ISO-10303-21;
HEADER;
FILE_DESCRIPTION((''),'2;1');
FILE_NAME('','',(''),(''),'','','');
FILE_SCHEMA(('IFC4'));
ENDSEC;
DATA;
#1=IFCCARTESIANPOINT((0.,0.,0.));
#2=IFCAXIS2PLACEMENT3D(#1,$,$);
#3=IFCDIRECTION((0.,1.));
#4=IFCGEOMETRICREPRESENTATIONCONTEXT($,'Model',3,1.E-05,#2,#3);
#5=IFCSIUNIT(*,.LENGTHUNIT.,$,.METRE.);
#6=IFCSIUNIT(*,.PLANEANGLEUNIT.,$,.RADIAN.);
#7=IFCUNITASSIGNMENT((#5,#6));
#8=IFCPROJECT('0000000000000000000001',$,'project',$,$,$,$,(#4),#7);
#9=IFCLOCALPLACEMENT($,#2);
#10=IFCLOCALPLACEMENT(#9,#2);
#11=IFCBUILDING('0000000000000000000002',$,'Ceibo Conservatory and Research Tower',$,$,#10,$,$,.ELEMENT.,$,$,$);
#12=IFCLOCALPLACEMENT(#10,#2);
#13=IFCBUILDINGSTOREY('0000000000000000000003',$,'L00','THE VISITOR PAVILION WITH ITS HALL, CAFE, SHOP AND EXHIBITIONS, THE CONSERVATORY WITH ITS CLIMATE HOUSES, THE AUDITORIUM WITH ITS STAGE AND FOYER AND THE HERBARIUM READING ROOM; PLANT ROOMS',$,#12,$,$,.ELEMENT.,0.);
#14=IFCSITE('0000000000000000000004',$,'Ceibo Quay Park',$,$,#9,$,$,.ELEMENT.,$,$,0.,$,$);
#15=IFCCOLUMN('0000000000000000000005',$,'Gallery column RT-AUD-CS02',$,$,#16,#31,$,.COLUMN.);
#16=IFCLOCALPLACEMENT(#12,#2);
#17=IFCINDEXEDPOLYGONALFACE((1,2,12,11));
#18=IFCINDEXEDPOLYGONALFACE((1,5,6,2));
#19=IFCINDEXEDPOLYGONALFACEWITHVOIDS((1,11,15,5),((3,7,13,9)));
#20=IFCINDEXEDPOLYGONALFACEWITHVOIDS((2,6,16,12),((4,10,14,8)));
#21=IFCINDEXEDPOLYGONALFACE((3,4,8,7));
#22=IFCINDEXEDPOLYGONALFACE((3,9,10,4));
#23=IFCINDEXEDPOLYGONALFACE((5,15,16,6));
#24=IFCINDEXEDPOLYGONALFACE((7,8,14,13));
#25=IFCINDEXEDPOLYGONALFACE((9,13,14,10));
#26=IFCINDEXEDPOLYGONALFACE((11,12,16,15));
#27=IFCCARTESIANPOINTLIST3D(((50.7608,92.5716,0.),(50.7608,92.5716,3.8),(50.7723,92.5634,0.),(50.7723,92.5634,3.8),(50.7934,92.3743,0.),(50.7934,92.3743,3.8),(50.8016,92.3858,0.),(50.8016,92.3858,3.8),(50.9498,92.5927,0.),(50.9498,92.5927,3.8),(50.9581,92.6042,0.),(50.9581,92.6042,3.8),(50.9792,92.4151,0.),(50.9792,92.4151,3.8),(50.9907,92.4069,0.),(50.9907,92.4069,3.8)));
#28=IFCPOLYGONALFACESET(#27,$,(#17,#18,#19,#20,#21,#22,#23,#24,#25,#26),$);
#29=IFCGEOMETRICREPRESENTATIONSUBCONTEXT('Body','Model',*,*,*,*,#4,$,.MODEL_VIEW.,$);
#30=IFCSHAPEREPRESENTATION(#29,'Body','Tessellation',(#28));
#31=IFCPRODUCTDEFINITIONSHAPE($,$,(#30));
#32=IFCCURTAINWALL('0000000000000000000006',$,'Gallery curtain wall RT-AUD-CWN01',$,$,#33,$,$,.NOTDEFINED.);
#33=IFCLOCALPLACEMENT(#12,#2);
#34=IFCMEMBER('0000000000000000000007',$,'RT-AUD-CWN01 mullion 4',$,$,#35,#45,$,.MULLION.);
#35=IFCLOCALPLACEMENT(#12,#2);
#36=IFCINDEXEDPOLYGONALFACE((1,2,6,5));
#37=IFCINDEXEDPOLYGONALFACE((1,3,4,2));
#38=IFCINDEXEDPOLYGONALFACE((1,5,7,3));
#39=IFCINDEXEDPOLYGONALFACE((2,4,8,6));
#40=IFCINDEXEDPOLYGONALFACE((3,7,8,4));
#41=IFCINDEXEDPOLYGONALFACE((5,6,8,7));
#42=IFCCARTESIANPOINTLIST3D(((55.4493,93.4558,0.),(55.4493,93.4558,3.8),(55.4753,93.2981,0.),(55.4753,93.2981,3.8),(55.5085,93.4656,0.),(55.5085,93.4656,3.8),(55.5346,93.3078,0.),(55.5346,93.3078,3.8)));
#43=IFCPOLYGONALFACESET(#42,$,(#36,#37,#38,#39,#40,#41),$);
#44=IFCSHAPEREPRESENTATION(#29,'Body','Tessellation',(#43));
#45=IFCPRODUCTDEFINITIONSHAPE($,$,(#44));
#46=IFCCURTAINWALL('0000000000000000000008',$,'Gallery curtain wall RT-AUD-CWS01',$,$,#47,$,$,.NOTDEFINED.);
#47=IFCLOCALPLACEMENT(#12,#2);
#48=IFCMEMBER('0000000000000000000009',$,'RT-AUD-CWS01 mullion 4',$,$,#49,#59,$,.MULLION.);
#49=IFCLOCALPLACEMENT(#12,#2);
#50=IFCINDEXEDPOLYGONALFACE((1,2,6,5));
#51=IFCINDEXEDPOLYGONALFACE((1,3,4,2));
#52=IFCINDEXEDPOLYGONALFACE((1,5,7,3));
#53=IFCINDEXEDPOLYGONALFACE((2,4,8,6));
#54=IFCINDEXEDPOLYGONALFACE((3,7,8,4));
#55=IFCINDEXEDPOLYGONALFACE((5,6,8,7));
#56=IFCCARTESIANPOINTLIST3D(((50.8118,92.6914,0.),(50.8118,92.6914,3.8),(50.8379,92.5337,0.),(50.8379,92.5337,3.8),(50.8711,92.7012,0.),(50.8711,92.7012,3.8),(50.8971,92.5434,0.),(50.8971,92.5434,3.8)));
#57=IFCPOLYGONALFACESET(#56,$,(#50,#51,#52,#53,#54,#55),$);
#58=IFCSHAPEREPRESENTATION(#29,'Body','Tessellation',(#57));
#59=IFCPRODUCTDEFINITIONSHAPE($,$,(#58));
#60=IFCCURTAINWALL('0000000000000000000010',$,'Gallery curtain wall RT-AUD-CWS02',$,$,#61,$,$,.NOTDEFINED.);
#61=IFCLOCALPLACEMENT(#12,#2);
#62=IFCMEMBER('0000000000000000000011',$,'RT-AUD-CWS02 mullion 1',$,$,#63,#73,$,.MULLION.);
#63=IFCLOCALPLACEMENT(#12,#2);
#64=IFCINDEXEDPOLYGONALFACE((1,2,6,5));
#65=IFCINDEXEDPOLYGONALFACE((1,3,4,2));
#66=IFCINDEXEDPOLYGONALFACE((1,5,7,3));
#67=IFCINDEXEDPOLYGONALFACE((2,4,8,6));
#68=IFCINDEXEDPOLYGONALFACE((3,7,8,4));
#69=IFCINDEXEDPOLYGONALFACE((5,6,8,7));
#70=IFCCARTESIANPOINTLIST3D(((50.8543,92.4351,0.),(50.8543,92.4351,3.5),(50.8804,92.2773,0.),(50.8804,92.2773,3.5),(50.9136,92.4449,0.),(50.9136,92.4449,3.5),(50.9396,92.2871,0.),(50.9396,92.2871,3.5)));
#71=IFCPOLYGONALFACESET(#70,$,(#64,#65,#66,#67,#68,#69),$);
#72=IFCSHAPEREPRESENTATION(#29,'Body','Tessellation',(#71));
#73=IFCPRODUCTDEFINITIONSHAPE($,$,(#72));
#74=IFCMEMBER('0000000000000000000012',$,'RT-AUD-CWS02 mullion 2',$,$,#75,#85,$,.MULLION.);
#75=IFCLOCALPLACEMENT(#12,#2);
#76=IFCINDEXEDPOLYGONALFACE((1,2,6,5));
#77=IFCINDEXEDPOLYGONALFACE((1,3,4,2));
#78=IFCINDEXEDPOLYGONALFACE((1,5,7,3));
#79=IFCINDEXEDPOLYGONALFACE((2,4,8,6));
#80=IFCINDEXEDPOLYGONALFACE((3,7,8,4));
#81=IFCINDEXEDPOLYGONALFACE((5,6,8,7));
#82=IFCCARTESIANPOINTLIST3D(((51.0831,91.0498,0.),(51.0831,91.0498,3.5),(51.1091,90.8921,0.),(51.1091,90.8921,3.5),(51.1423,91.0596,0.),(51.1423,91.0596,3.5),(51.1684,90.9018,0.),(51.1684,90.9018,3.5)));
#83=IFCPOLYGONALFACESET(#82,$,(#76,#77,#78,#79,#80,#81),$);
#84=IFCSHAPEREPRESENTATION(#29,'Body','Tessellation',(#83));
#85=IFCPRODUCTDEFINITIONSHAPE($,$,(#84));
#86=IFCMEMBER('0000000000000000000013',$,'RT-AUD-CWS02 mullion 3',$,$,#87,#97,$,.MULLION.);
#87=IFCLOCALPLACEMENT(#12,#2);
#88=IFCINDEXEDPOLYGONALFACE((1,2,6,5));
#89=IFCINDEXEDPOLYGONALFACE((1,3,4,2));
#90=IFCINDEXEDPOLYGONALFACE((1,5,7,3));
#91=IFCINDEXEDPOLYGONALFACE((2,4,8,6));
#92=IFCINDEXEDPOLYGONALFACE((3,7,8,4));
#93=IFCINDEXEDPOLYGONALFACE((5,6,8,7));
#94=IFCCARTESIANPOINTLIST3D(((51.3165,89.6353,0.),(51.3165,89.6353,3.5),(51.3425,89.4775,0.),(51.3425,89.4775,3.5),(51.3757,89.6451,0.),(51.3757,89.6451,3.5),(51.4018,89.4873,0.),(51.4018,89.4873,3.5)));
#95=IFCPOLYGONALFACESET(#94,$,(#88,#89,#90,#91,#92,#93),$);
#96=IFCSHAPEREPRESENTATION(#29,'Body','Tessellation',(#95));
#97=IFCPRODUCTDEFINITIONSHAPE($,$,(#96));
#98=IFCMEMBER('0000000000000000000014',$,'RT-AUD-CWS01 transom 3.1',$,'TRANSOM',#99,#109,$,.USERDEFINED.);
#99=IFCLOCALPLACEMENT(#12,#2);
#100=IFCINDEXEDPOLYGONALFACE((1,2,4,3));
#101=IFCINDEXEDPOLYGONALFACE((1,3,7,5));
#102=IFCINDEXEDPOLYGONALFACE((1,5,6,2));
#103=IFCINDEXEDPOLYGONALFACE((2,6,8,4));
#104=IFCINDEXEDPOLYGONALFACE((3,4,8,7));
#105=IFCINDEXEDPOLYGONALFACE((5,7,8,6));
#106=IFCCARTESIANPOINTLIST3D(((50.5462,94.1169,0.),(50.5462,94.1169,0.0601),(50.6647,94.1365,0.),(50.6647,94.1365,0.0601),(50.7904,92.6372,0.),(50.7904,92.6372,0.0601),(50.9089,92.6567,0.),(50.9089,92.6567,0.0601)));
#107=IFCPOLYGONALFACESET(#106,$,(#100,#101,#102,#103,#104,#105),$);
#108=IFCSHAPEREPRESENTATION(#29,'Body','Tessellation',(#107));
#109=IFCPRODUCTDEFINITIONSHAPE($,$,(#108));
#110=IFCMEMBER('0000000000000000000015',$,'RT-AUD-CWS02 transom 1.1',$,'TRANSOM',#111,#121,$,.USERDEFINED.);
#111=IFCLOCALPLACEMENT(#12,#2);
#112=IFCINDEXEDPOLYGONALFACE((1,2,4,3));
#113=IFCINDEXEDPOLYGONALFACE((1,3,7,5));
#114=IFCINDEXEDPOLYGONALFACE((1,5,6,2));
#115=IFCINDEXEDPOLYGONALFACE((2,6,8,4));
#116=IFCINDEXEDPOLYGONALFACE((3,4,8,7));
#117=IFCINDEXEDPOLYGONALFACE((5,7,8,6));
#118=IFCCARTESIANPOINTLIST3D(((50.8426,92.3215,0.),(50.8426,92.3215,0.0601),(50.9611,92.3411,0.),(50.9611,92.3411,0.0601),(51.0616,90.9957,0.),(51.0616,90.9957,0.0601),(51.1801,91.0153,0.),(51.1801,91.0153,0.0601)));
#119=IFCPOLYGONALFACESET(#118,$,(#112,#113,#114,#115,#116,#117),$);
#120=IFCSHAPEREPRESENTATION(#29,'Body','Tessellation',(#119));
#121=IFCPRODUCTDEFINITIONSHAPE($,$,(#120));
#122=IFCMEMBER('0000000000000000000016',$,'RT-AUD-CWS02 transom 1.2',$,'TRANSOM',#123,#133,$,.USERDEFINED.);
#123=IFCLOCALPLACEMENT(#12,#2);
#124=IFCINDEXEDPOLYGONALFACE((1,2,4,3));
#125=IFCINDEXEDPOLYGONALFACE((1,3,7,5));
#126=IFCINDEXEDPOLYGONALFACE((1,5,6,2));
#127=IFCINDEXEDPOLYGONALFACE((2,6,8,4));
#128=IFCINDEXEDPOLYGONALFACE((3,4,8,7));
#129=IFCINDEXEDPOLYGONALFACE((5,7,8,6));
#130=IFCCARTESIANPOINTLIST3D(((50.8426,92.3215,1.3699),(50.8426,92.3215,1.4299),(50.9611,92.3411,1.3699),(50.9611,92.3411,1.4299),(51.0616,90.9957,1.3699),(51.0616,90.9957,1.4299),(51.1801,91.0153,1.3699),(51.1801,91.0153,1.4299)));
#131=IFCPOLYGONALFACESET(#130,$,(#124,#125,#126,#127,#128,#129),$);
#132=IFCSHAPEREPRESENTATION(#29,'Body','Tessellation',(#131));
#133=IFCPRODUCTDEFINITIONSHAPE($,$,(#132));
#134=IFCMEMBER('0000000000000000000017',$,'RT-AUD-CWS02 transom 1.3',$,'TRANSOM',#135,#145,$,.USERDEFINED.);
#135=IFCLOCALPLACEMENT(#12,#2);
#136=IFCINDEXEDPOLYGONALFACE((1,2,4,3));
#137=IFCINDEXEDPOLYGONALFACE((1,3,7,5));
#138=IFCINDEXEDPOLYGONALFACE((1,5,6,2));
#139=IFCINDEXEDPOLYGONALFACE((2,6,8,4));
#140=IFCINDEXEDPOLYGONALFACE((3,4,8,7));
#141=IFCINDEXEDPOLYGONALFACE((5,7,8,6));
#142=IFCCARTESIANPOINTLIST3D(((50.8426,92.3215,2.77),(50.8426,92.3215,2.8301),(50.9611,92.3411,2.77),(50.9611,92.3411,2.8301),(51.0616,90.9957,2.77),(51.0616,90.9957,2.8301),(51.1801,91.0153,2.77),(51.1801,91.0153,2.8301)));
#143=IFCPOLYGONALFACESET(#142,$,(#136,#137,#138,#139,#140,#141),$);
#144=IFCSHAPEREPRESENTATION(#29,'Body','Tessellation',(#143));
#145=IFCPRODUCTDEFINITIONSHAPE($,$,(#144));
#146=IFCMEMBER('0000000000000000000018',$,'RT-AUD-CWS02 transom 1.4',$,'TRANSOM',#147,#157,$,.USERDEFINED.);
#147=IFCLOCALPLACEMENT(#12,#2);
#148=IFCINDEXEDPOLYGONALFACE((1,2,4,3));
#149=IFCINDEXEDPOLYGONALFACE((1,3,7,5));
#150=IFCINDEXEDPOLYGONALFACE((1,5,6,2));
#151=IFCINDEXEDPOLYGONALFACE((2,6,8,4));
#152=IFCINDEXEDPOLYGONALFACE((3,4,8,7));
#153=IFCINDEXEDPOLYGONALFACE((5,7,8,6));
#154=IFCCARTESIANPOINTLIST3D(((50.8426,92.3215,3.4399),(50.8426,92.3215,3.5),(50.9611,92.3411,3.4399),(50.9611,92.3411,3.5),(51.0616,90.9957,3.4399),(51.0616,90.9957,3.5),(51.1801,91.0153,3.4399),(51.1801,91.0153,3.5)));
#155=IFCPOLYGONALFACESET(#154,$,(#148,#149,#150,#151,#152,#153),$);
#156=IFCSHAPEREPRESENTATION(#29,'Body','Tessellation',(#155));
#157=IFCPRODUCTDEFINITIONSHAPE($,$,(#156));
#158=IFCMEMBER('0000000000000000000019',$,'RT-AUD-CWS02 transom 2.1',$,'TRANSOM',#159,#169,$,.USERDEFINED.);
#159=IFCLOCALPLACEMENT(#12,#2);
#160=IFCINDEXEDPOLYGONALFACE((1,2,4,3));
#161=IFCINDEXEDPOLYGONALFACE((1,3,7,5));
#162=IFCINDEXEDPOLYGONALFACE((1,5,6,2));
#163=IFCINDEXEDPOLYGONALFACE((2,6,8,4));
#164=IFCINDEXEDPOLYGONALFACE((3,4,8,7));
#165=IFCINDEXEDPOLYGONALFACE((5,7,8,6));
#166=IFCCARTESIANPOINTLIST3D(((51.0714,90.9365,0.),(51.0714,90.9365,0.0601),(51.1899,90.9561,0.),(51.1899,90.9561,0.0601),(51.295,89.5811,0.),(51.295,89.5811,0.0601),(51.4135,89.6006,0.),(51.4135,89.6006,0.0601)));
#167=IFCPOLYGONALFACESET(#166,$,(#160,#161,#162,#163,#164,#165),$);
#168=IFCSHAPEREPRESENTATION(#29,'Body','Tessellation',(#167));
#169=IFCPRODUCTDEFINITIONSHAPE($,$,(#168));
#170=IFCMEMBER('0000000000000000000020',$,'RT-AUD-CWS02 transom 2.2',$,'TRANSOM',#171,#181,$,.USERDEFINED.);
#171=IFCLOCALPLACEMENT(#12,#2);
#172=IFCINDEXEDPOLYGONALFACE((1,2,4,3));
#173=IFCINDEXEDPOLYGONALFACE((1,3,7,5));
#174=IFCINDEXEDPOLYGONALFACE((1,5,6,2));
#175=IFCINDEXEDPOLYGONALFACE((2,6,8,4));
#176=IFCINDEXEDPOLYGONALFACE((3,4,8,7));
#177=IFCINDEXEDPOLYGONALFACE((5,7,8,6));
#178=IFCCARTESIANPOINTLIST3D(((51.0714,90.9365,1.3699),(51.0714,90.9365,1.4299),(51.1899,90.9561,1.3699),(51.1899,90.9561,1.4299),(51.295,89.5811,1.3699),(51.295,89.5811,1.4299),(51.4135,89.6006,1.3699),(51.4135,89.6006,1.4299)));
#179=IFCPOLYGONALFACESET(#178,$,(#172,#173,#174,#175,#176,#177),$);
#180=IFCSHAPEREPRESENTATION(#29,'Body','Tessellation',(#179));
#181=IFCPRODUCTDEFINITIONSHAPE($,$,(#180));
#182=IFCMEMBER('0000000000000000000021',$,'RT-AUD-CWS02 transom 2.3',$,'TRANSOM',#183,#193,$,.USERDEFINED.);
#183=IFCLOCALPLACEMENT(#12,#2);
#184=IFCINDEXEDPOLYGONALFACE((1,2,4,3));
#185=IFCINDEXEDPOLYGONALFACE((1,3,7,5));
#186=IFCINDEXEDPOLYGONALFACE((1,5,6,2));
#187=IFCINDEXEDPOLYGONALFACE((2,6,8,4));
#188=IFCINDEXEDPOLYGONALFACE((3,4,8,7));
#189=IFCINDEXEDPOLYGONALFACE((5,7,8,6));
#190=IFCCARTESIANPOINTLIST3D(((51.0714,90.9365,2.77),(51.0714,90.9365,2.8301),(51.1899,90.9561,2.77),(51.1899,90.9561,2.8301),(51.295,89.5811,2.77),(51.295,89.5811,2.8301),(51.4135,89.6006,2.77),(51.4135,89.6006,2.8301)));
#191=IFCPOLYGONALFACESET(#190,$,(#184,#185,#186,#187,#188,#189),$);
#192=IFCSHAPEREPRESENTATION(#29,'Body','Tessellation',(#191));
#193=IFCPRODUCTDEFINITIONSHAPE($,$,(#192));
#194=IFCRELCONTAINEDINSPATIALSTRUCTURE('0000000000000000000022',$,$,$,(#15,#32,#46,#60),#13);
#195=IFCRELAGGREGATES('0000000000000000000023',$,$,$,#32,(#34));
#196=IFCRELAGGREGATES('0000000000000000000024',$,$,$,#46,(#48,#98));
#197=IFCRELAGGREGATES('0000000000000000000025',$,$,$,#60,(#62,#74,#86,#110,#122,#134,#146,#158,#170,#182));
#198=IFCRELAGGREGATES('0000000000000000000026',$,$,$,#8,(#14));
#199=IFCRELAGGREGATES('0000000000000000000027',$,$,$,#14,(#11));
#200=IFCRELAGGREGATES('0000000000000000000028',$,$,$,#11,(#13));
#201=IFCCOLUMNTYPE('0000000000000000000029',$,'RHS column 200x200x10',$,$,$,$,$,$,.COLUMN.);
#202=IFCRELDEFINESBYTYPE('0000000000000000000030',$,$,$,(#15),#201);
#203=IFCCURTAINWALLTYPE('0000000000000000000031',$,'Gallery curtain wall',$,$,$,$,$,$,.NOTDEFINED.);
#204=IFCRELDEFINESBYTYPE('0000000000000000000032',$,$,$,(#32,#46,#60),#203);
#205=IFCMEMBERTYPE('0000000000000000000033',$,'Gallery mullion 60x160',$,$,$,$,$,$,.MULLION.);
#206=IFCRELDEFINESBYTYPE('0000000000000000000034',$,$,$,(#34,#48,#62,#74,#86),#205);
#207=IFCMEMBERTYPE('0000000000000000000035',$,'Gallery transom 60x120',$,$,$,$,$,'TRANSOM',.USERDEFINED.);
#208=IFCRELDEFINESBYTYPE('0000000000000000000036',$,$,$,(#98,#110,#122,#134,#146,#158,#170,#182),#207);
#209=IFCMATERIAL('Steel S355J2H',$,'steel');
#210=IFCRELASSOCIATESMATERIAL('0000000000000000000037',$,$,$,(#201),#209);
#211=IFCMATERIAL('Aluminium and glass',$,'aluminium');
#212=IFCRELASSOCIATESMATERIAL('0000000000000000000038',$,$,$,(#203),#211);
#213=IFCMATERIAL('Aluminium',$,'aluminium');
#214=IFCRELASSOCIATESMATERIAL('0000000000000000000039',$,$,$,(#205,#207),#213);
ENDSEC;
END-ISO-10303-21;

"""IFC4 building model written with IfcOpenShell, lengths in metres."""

from ifc_helpers import new_model, si_unit, direction, frame, origin, origin_2d, place, context, subcontext, project, spatial, rectangle, hollow_rectangle, extrude, material, material_profile, profile_set, type_object, element, aggregate, save


model = new_model("IFC4")

# Units and contexts
model_context = context("Model", 3, precision=1e-05, world=origin(), true_north=direction((0.0, 1.0)))
body_context = subcontext(model_context, "Body", "Model", "MODEL_VIEW")
ifc_project = project(units=[si_unit("LENGTHUNIT", "METRE"), si_unit("PLANEANGLEUNIT", "RADIAN")], contexts=[model_context])

# Site, building, storey
site_placement = place(None, origin())
site = spatial("IfcSite", under=ifc_project, at=site_placement, Name="Ceibo Quay Park", CompositionType="ELEMENT", RefElevation=0.0)
building_placement = place(site_placement, origin())
building = spatial("IfcBuilding", under=site, at=building_placement, Name="Ceibo Conservatory and Research Tower", CompositionType="ELEMENT")
storey_placement = place(building_placement, origin())
storey = spatial("IfcBuildingStorey", under=building, at=storey_placement, Name="L00", Description="THE VISITOR PAVILION WITH ITS HALL, CAFE, SHOP AND EXHIBITIONS, THE CONSERVATORY WITH ITS CLIMATE HOUSES, THE AUDITORIUM WITH ITS STAGE AND FOYER AND THE HERBARIUM READING ROOM; PLANT ROOMS", CompositionType="ELEMENT", Elevation=0.0)

# Column
ifc_material_1 = material(Name="Steel S355J2H", Category="steel")
ifc_material_profile_1 = material_profile(ifc_material_1, hollow_rectangle(XDim=0.2, YDim=0.2, WallThickness=0.01, at=origin_2d()), Name="RHS column 200x200x10")
ifc_profile_set_1 = profile_set([ifc_material_profile_1], Name="Steel S355J2H")
column_type = type_object("IfcColumnType", Name="RHS column 200x200x10", PredefinedType="COLUMN", material=ifc_profile_set_1)
column_placement = place(storey_placement, frame((50.8757, 92.4893, 0.0), z_axis=(0.0, 0.0, 1.0), x_axis=(0.162895, -0.986643, 0.0)))
element("IfcColumn", 1, at=column_placement, inside=storey, type_object=column_type, Name="Gallery column RT-AUD-CS02", PredefinedType="COLUMN", context=body_context, shape_type="SweptSolid", body=[
    extrude(hollow_rectangle(XDim=0.2, YDim=0.2, WallThickness=0.01, at=origin_2d()), origin(), (0.0, 0.0, 1.0), 3.8),
])

# Curtain walls, members
ifc_material_2 = material(Name="Aluminium and glass", Category="aluminium")
curtain_wall_type = type_object("IfcCurtainWallType", Name="Gallery curtain wall", PredefinedType="NOTDEFINED", material=ifc_material_2)
curtain_wall_1_placement = place(storey_placement, origin())
curtain_wall_1 = element("IfcCurtainWall", 2, at=curtain_wall_1_placement, inside=storey, type_object=curtain_wall_type, Name="Gallery curtain wall RT-AUD-CWN01", PredefinedType="NOTDEFINED")
ifc_material_3 = material(Name="Aluminium", Category="aluminium")
ifc_material_profile_2 = material_profile(ifc_material_3, rectangle(XDim=0.0601, YDim=0.1599, at=origin_2d()), Name="AL 60x160")
ifc_profile_set_2 = profile_set([ifc_material_profile_2], Name="Aluminium")
member_type_1 = type_object("IfcMemberType", Name="Gallery mullion 60x160", PredefinedType="MULLION", material=ifc_profile_set_2)
member_1_placement = place(storey_placement, frame((55.4919, 93.3818, 0.0), z_axis=(0.0, 0.0, 1.0), x_axis=(0.986643, 0.162895, 0.0)))
member_1 = element("IfcMember", 3, at=member_1_placement, type_object=member_type_1, Name="RT-AUD-CWN01 mullion 4", PredefinedType="MULLION", context=body_context, shape_type="SweptSolid", body=[
    extrude(rectangle(XDim=0.0601, YDim=0.1599, at=origin_2d()), origin(), (0.0, 0.0, 1.0), 3.8),
])
aggregate(curtain_wall_1, [member_1])
curtain_wall_2_placement = place(storey_placement, origin())
curtain_wall_2 = element("IfcCurtainWall", 4, at=curtain_wall_2_placement, inside=storey, type_object=curtain_wall_type, Name="Gallery curtain wall RT-AUD-CWS01", PredefinedType="NOTDEFINED")
member_2_placement = place(storey_placement, frame((50.8545, 92.6174, 0.0), z_axis=(0.0, 0.0, 1.0), x_axis=(0.986643, 0.162895, 0.0)))
member_2 = element("IfcMember", 5, at=member_2_placement, type_object=member_type_1, Name="RT-AUD-CWS01 mullion 4", PredefinedType="MULLION", context=body_context, shape_type="SweptSolid", body=[
    extrude(rectangle(XDim=0.0601, YDim=0.1599, at=origin_2d()), origin(), (0.0, 0.0, 1.0), 3.8),
])

# Curtain wall, members
curtain_wall_3_placement = place(storey_placement, origin())
curtain_wall_3 = element("IfcCurtainWall", 6, at=curtain_wall_3_placement, inside=storey, type_object=curtain_wall_type, Name="Gallery curtain wall RT-AUD-CWS02", PredefinedType="NOTDEFINED")
member_3_placement = place(storey_placement, frame((50.897, 92.3611, 0.0), z_axis=(0.0, 0.0, 1.0), x_axis=(0.986643, 0.162895, 0.0)))
member_3 = element("IfcMember", 7, at=member_3_placement, type_object=member_type_1, Name="RT-AUD-CWS02 mullion 1", PredefinedType="MULLION", context=body_context, shape_type="SweptSolid", body=[
    extrude(rectangle(XDim=0.0601, YDim=0.1599, at=origin_2d()), origin(), (0.0, 0.0, 1.0), 3.5),
])
member_4_placement = place(storey_placement, frame((51.1257, 90.9758, 0.0), z_axis=(0.0, 0.0, 1.0), x_axis=(0.986643, 0.162895, 0.0)))
member_4 = element("IfcMember", 8, at=member_4_placement, type_object=member_type_1, Name="RT-AUD-CWS02 mullion 2", PredefinedType="MULLION", context=body_context, shape_type="SweptSolid", body=[
    extrude(rectangle(XDim=0.0601, YDim=0.1599, at=origin_2d()), origin(), (0.0, 0.0, 1.0), 3.5),
])
member_5_placement = place(storey_placement, frame((51.3591, 89.5613, 0.0), z_axis=(0.0, 0.0, 1.0), x_axis=(0.986643, 0.162895, 0.0)))
member_5 = element("IfcMember", 9, at=member_5_placement, type_object=member_type_1, Name="RT-AUD-CWS02 mullion 3", PredefinedType="MULLION", context=body_context, shape_type="SweptSolid", body=[
    extrude(rectangle(XDim=0.0601, YDim=0.1599, at=origin_2d()), origin(), (0.0, 0.0, 1.0), 3.5),
])

# Members
ifc_material_profile_3 = material_profile(ifc_material_3, rectangle(XDim=0.1201, YDim=0.0601, at=origin_2d()), Name="AL 60x120")
ifc_profile_set_3 = profile_set([ifc_material_profile_3], Name="Aluminium")
member_type_2 = type_object("IfcMemberType", Name="Gallery transom 60x120", ElementType="TRANSOM", PredefinedType="USERDEFINED", material=ifc_profile_set_3)
member_6_placement = place(storey_placement, frame((50.6055, 94.1267, 0.03), z_axis=(0.162788, -0.986661, 0.0), x_axis=(0.986661, 0.162788, 0.0)))
member_6 = element("IfcMember", 10, at=member_6_placement, type_object=member_type_2, Name="RT-AUD-CWS01 transom 3.1", ObjectType="TRANSOM", PredefinedType="USERDEFINED", context=body_context, shape_type="SweptSolid", body=[
    extrude(rectangle(XDim=0.1201, YDim=0.0601, at=origin_2d()), origin(), (0.0, 0.0, 1.0), 1.4998),
])
member_7_placement = place(storey_placement, frame((50.9019, 92.3313, 0.03), z_axis=(0.162985, -0.986629, 0.0), x_axis=(0.986629, 0.162985, 0.0)))
member_7 = element("IfcMember", 11, at=member_7_placement, type_object=member_type_2, Name="RT-AUD-CWS02 transom 1.1", ObjectType="TRANSOM", PredefinedType="USERDEFINED", context=body_context, shape_type="SweptSolid", body=[
    extrude(rectangle(XDim=0.1201, YDim=0.0601, at=origin_2d()), origin(), (0.0, 0.0, 1.0), 1.3438),
])
member_8_placement = place(storey_placement, frame((50.9019, 92.3313, 1.3999), z_axis=(0.162985, -0.986629, 0.0), x_axis=(0.986629, 0.162985, 0.0)))
member_8 = element("IfcMember", 12, at=member_8_placement, type_object=member_type_2, Name="RT-AUD-CWS02 transom 1.2", ObjectType="TRANSOM", PredefinedType="USERDEFINED", context=body_context, shape_type="SweptSolid", body=[
    extrude(rectangle(XDim=0.1201, YDim=0.0601, at=origin_2d()), origin(), (0.0, 0.0, 1.0), 1.3438),
])
member_9_placement = place(storey_placement, frame((50.9019, 92.3313, 2.8), z_axis=(0.162985, -0.986629, 0.0), x_axis=(0.986629, 0.162985, 0.0)))
member_9 = element("IfcMember", 13, at=member_9_placement, type_object=member_type_2, Name="RT-AUD-CWS02 transom 1.3", ObjectType="TRANSOM", PredefinedType="USERDEFINED", context=body_context, shape_type="SweptSolid", body=[
    extrude(rectangle(XDim=0.1201, YDim=0.0601, at=origin_2d()), origin(), (0.0, 0.0, 1.0), 1.3438),
])
member_10_placement = place(storey_placement, frame((50.9019, 92.3313, 3.47), z_axis=(0.162985, -0.986629, 0.0), x_axis=(0.986629, 0.162985, 0.0)))
member_10 = element("IfcMember", 14, at=member_10_placement, type_object=member_type_2, Name="RT-AUD-CWS02 transom 1.4", ObjectType="TRANSOM", PredefinedType="USERDEFINED", context=body_context, shape_type="SweptSolid", body=[
    extrude(rectangle(XDim=0.1201, YDim=0.0601, at=origin_2d()), origin(), (0.0, 0.0, 1.0), 1.3438),
])
member_11_placement = place(storey_placement, frame((51.1306, 90.9463, 0.03), z_axis=(0.162785, -0.986662, 0.0), x_axis=(0.986662, 0.162785, 0.0)))
member_11 = element("IfcMember", 15, at=member_11_placement, type_object=member_type_2, Name="RT-AUD-CWS02 transom 2.1", ObjectType="TRANSOM", PredefinedType="USERDEFINED", context=body_context, shape_type="SweptSolid", body=[
    extrude(rectangle(XDim=0.1201, YDim=0.0601, at=origin_2d()), origin(), (0.0, 0.0, 1.0), 1.3738),
])
member_12_placement = place(storey_placement, frame((51.1306, 90.9463, 1.3999), z_axis=(0.162785, -0.986662, 0.0), x_axis=(0.986662, 0.162785, 0.0)))
member_12 = element("IfcMember", 16, at=member_12_placement, type_object=member_type_2, Name="RT-AUD-CWS02 transom 2.2", ObjectType="TRANSOM", PredefinedType="USERDEFINED", context=body_context, shape_type="SweptSolid", body=[
    extrude(rectangle(XDim=0.1201, YDim=0.0601, at=origin_2d()), origin(), (0.0, 0.0, 1.0), 1.3738),
])
member_13_placement = place(storey_placement, frame((51.1306, 90.9463, 2.8), z_axis=(0.162785, -0.986662, 0.0), x_axis=(0.986662, 0.162785, 0.0)))
member_13 = element("IfcMember", 17, at=member_13_placement, type_object=member_type_2, Name="RT-AUD-CWS02 transom 2.3", ObjectType="TRANSOM", PredefinedType="USERDEFINED", context=body_context, shape_type="SweptSolid", body=[
    extrude(rectangle(XDim=0.1201, YDim=0.0601, at=origin_2d()), origin(), (0.0, 0.0, 1.0), 1.3738),
])

aggregate(curtain_wall_2, [member_2, member_6])
aggregate(curtain_wall_3, [member_3, member_4, member_5, member_7, member_8, member_9, member_10, member_11, member_12, member_13])

save(model, "model.ifc")
